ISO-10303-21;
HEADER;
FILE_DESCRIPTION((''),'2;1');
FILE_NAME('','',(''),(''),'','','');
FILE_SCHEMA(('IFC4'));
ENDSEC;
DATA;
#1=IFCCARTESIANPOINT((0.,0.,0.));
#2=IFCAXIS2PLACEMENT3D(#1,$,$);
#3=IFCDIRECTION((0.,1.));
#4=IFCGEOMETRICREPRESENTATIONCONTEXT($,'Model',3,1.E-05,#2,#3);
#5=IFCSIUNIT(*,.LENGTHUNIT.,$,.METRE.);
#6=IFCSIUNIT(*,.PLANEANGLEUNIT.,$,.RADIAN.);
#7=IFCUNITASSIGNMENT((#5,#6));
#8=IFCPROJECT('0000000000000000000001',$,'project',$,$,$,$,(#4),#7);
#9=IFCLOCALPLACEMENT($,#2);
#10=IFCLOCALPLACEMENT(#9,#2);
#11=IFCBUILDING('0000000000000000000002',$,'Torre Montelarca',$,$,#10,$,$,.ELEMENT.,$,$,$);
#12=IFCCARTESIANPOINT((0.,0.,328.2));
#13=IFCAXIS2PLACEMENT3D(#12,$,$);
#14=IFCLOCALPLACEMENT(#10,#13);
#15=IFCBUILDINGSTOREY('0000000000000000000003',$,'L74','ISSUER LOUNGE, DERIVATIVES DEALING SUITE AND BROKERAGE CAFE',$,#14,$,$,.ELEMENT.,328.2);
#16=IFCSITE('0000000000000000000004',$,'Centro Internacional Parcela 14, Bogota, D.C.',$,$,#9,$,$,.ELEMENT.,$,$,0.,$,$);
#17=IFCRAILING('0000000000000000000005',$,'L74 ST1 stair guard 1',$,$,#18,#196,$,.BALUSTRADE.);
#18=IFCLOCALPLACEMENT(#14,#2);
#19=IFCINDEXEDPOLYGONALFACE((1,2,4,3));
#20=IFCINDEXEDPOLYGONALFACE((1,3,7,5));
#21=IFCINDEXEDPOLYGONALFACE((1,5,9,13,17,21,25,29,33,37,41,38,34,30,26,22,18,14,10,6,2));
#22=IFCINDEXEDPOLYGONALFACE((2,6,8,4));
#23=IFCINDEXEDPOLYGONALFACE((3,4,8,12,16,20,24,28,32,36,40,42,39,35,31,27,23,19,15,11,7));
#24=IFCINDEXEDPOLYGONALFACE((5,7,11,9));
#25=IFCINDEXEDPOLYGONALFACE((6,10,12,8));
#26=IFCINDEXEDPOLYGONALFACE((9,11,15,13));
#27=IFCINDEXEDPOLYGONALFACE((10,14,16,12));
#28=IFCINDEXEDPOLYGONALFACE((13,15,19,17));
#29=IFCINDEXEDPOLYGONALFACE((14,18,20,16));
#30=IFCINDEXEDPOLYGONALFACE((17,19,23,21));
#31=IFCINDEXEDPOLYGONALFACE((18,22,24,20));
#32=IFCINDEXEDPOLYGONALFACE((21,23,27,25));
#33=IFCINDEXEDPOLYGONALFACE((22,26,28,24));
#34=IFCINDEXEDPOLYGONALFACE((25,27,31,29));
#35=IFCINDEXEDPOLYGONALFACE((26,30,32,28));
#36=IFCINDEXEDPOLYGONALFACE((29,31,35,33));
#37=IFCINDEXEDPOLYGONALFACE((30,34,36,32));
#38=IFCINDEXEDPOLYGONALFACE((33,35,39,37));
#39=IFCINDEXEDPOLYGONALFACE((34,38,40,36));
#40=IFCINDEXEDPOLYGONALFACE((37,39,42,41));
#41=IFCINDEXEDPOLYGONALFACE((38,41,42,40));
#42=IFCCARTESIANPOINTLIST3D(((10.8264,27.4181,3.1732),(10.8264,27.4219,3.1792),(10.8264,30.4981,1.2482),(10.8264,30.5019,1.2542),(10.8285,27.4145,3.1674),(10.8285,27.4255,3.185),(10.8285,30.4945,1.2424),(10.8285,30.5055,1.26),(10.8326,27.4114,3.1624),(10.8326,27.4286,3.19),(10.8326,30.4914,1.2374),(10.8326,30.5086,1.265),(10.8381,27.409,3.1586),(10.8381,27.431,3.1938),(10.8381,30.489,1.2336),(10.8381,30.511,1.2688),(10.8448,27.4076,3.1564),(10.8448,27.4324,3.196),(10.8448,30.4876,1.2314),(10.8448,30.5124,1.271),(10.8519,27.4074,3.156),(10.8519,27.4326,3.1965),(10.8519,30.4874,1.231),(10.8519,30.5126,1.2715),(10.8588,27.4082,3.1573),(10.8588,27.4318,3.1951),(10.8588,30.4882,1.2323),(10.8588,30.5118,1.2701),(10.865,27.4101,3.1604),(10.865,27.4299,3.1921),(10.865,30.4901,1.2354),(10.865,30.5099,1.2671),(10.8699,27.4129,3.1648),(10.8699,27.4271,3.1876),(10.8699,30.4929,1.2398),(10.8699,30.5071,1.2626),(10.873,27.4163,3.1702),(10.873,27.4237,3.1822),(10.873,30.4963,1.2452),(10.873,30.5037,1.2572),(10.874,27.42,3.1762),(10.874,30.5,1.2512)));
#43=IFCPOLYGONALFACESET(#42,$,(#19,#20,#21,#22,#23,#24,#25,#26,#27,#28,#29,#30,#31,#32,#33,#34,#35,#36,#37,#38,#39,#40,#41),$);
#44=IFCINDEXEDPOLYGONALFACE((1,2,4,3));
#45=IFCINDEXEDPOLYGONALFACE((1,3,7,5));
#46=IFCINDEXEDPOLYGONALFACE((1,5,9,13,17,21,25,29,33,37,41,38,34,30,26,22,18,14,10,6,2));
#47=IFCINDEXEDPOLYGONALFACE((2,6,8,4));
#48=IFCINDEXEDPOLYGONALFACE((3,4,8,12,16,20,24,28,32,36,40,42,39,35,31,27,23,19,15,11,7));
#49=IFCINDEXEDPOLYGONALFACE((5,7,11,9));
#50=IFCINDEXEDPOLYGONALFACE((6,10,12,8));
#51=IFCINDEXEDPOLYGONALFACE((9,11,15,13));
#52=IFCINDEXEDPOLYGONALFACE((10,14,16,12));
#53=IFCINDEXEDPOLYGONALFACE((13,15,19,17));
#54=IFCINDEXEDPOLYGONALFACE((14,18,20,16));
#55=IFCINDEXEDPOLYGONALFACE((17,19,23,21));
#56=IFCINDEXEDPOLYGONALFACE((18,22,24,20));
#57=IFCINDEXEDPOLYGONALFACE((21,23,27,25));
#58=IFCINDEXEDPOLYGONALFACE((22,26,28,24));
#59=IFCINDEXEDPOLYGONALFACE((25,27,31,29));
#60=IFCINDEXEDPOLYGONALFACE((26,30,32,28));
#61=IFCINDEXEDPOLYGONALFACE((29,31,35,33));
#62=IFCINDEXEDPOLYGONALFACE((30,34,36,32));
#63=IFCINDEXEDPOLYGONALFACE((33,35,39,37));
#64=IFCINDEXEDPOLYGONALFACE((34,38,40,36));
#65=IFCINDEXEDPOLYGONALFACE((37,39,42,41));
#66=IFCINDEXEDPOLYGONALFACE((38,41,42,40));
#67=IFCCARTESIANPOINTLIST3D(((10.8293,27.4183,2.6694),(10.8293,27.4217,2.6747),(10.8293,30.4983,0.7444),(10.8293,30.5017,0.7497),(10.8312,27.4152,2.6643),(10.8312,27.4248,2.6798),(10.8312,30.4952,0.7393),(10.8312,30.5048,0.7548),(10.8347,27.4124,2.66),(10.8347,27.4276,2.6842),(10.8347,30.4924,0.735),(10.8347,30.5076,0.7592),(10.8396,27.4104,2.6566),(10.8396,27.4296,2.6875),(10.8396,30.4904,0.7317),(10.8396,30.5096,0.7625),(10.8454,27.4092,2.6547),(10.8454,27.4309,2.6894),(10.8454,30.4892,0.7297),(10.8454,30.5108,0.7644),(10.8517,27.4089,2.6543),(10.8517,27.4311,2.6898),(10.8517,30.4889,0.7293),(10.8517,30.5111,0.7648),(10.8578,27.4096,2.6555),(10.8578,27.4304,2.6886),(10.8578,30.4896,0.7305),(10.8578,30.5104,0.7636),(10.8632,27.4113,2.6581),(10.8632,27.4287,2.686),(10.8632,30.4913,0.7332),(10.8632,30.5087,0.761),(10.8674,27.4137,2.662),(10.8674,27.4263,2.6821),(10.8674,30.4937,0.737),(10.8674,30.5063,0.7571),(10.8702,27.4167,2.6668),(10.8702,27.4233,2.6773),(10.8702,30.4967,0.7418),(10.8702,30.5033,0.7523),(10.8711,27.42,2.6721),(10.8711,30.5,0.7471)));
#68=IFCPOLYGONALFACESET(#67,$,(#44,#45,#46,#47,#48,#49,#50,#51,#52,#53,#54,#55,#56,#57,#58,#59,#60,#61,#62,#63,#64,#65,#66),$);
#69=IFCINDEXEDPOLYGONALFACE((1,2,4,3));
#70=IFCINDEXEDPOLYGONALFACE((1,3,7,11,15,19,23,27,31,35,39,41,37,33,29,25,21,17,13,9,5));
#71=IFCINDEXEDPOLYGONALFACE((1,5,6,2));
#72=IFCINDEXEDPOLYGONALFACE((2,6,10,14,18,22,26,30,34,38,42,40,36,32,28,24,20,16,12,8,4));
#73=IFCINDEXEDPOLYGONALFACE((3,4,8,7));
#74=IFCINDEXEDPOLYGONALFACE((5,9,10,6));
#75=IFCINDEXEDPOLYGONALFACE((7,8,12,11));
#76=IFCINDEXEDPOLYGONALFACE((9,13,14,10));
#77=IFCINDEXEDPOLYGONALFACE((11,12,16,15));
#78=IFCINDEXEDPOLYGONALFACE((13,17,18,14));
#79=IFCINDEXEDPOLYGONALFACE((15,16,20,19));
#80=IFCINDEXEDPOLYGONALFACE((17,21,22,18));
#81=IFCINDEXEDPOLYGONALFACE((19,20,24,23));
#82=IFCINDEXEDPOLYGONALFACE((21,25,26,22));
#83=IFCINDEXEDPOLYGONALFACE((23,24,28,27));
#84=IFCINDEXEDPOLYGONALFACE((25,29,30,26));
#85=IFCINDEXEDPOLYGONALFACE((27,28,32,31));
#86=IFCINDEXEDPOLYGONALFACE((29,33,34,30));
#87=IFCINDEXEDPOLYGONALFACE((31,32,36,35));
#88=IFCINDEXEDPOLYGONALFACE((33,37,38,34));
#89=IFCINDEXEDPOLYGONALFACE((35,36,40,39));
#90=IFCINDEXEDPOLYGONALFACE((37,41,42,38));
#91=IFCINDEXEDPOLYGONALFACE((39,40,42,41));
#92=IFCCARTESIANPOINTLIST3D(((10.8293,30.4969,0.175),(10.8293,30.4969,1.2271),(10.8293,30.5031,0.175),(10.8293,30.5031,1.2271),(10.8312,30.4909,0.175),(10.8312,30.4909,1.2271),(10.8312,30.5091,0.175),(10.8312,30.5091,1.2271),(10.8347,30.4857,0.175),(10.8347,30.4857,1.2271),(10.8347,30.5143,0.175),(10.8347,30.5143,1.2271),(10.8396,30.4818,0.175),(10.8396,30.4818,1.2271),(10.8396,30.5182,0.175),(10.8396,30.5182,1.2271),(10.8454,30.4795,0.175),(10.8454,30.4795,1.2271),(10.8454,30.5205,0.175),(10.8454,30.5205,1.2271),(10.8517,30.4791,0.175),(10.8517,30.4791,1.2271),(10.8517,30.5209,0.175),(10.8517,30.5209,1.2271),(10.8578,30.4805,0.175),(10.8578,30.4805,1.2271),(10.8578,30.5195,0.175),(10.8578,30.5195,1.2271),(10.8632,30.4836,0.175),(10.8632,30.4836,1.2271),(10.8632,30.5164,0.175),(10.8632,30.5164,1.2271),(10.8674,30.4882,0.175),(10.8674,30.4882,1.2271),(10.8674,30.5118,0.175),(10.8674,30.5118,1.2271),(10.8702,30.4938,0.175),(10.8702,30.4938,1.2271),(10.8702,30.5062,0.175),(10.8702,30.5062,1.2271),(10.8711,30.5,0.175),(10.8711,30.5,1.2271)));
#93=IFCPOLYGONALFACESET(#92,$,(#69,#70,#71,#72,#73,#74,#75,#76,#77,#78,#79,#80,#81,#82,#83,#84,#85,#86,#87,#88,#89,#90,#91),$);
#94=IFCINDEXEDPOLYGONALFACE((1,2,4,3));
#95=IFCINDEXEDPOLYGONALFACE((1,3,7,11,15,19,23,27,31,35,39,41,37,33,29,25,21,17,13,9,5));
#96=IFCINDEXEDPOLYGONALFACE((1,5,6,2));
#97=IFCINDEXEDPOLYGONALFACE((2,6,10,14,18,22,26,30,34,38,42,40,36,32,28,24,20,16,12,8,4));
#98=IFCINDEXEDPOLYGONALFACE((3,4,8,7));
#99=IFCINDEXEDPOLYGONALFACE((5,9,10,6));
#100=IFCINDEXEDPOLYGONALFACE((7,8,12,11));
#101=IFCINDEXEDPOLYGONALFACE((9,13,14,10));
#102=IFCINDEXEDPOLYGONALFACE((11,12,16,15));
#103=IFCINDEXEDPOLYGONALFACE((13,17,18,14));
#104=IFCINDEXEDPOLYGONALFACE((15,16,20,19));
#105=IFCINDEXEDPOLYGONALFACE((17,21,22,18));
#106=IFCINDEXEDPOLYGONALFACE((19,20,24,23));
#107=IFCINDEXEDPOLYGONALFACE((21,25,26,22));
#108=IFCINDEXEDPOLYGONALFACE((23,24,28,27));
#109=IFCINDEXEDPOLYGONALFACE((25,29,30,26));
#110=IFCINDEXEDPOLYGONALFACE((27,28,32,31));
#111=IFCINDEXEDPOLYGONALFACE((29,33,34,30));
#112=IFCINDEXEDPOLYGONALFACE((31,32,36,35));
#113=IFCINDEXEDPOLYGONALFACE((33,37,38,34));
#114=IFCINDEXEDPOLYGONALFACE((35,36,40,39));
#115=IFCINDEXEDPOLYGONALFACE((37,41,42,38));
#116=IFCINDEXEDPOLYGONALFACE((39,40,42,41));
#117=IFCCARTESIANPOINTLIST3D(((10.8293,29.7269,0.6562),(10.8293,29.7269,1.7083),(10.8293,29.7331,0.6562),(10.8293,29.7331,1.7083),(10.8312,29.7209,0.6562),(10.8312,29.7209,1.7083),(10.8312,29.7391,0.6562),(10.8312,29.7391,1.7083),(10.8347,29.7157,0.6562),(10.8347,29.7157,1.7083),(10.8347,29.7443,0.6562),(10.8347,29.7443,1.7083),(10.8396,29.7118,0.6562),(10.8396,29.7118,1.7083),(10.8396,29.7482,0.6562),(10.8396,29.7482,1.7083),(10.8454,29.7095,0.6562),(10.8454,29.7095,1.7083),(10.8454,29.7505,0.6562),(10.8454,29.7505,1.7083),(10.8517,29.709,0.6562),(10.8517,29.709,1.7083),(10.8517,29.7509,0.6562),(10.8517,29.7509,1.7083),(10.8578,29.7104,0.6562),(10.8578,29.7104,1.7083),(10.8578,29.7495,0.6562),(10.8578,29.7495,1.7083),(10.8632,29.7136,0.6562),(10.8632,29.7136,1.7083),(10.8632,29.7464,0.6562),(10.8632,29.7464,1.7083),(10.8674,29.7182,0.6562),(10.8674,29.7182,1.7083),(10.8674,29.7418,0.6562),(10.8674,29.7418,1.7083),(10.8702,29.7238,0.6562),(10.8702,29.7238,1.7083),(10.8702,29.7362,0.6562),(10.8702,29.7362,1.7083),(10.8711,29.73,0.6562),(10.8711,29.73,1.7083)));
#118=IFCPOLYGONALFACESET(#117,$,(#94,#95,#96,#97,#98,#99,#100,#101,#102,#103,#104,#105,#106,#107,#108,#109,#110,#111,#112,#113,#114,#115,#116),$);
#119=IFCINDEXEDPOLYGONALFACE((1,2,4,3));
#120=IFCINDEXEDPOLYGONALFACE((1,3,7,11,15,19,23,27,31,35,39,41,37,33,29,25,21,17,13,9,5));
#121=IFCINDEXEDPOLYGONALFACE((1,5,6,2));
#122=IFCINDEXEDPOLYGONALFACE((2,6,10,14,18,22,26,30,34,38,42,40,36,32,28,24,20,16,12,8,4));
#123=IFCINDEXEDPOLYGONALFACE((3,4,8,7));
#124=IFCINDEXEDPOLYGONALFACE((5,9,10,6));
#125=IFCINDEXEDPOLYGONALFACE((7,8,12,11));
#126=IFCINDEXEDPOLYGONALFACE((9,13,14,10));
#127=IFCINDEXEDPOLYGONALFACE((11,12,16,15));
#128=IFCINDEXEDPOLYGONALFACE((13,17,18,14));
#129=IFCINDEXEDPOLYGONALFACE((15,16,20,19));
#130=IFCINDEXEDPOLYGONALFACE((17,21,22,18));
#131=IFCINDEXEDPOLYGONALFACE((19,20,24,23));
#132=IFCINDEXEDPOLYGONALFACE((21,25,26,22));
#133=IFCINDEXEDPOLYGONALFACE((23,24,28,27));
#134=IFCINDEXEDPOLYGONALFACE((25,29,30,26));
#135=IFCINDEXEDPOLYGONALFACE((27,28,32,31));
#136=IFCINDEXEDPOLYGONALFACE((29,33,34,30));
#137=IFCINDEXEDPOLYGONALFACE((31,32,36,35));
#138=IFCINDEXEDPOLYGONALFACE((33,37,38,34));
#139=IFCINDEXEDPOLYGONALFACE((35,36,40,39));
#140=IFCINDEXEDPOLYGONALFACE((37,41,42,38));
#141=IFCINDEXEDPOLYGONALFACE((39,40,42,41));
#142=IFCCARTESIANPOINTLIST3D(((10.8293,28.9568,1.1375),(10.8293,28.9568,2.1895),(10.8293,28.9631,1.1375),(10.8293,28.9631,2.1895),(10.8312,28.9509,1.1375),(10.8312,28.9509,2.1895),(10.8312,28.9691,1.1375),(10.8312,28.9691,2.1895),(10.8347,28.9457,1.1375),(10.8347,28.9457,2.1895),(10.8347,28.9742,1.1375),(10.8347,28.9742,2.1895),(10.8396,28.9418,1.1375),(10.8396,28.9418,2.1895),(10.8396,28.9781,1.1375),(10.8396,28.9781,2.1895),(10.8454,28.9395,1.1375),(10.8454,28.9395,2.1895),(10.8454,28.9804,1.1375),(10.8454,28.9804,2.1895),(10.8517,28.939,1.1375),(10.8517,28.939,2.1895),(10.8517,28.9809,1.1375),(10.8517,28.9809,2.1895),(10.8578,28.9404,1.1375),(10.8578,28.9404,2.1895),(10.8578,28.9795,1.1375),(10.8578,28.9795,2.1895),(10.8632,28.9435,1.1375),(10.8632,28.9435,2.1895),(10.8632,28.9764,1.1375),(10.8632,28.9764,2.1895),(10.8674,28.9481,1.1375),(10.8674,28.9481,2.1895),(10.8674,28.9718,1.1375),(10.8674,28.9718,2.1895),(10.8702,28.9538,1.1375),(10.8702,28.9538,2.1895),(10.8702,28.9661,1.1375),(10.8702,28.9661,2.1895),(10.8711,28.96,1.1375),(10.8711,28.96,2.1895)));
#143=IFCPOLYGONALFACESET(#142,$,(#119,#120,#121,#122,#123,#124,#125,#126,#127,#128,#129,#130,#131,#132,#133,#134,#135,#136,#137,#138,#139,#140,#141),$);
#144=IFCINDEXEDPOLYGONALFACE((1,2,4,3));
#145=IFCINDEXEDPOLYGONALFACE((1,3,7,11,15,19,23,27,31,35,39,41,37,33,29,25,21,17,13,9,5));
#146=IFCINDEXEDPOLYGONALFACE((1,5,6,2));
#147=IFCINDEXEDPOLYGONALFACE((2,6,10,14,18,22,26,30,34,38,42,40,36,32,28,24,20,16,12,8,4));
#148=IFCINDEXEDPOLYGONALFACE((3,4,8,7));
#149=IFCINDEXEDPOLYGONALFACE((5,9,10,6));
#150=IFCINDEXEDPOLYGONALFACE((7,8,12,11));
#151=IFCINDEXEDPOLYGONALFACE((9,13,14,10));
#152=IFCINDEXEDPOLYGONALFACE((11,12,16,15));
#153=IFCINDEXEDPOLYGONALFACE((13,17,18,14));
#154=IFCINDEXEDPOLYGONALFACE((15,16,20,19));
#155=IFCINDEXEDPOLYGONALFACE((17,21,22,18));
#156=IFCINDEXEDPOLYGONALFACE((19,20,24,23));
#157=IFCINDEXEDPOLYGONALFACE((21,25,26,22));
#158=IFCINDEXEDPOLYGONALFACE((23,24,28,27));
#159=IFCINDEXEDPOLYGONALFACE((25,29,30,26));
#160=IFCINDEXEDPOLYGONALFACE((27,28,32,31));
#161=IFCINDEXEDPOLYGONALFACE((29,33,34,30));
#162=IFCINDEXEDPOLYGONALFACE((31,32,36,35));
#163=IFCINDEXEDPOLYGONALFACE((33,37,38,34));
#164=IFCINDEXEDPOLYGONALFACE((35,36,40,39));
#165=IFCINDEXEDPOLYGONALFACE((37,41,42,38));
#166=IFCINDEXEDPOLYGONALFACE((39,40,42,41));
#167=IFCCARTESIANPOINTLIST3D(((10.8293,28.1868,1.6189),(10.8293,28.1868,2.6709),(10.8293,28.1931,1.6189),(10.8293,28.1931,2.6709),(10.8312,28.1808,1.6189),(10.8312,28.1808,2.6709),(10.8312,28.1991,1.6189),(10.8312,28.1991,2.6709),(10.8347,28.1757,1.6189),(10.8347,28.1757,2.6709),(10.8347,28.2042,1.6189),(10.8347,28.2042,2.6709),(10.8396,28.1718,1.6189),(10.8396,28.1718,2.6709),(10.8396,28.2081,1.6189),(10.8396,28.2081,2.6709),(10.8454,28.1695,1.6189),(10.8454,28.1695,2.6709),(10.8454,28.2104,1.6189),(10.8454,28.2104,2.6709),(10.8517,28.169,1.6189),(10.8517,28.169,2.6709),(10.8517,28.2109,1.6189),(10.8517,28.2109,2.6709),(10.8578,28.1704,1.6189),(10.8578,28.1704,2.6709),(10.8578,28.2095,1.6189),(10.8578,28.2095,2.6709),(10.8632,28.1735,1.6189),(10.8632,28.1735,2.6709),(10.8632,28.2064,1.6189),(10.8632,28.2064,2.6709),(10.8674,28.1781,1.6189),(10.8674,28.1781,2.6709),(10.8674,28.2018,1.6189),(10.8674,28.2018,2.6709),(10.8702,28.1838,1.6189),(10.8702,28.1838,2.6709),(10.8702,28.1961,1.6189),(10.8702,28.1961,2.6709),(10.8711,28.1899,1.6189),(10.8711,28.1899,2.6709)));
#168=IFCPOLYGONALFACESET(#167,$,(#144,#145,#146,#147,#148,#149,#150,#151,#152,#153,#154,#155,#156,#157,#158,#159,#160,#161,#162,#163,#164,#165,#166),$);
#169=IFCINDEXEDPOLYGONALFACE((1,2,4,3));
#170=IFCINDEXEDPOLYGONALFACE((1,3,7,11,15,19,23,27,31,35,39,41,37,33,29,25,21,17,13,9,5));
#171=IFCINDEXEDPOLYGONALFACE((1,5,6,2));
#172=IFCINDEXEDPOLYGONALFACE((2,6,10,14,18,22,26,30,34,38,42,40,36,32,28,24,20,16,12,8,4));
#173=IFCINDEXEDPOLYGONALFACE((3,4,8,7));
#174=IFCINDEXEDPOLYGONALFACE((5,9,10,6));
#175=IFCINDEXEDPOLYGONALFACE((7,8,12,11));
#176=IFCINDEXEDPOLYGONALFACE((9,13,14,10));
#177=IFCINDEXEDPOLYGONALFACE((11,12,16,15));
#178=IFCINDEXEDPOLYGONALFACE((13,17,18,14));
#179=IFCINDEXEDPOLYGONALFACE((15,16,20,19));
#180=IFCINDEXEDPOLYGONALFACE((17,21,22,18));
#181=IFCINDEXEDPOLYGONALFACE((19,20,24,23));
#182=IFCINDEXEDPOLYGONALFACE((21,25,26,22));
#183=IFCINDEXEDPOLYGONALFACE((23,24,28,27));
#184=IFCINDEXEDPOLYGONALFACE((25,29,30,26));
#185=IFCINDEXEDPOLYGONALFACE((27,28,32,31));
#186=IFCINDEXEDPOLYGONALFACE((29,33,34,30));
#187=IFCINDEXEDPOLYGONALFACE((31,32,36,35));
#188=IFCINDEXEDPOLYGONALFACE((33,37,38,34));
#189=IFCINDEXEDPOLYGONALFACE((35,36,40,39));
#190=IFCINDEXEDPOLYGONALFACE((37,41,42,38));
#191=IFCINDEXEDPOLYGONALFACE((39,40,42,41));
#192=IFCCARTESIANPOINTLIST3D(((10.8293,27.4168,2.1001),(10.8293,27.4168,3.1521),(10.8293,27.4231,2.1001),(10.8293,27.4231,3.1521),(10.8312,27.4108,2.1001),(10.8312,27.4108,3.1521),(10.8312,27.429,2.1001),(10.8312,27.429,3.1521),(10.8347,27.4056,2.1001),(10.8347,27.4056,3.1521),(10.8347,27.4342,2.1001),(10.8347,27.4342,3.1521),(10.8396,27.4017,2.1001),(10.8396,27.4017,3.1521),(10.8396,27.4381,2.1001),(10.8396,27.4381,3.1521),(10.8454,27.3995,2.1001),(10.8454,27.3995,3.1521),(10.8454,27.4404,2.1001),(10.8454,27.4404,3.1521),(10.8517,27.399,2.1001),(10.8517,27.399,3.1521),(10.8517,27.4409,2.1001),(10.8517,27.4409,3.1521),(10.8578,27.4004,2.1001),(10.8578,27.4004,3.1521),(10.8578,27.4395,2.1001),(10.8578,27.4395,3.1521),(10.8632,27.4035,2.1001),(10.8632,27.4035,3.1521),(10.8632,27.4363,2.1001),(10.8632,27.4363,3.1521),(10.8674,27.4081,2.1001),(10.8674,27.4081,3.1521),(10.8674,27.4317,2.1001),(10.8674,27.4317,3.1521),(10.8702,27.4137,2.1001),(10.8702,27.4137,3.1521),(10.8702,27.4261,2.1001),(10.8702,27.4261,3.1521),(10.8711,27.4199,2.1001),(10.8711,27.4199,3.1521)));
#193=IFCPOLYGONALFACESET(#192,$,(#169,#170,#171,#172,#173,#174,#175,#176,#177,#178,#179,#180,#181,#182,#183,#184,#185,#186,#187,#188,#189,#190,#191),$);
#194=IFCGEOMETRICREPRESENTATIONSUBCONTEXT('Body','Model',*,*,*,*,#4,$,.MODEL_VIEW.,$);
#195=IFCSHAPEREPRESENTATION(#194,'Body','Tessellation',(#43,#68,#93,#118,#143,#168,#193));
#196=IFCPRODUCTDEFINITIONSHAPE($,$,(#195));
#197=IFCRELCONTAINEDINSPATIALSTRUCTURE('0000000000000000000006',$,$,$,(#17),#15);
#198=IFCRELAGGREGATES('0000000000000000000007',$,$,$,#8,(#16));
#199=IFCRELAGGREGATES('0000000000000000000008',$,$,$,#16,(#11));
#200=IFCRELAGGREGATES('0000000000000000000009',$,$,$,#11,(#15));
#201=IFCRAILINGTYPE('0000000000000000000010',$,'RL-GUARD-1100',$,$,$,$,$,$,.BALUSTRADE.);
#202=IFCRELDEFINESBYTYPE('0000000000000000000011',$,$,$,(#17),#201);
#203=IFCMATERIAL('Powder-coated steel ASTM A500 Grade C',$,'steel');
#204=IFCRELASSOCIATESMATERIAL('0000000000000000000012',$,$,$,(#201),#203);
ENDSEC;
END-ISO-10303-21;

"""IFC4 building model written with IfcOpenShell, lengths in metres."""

from ifc_helpers import new_model, si_unit, direction, frame, origin, origin_2d, place, context, subcontext, project, spatial, circle, extrude, material, type_object, element, save


model = new_model("IFC4")

# Units and contexts
model_context = context("Model", 3, precision=1e-05, world=origin(), true_north=direction((0.0, 1.0)))
body_context = subcontext(model_context, "Body", "Model", "MODEL_VIEW")
ifc_project = project(units=[si_unit("LENGTHUNIT", "METRE"), si_unit("PLANEANGLEUNIT", "RADIAN")], contexts=[model_context])

# Site, building, storey
site_placement = place(None, origin())
site = spatial("IfcSite", under=ifc_project, at=site_placement, Name="Centro Internacional Parcela 14, Bogota, D.C.", CompositionType="ELEMENT", RefElevation=0.0)
building_placement = place(site_placement, origin())
building = spatial("IfcBuilding", under=site, at=building_placement, Name="Torre Montelarca", CompositionType="ELEMENT")
storey_placement = place(building_placement, frame((0.0, 0.0, 328.2)))
storey = spatial("IfcBuildingStorey", under=building, at=storey_placement, Name="L74", Description="ISSUER LOUNGE, DERIVATIVES DEALING SUITE AND BROKERAGE CAFE", CompositionType="ELEMENT", Elevation=328.2)

# Railing
ifc_material_1 = material(Name="Powder-coated steel ASTM A500 Grade C", Category="steel")
railing_type_1 = type_object("IfcRailingType", Name="RL-GUARD-1100", PredefinedType="BALUSTRADE", material=ifc_material_1)
railing_1_placement = place(storey_placement, frame((10.8501, 30.5, 0.175)))
element("IfcRailing", 1, at=railing_1_placement, inside=storey, type_object=railing_type_1, Name="L74 ST1 stair guard 1", PredefinedType="BALUSTRADE", context=body_context, shape_type="SweptSolid", body=[
    extrude(circle(Radius=0.0239, at=origin_2d()), frame((0.0, 0.0, 1.0762), z_axis=(0.0, -0.847998, 0.529999), x_axis=(1.0, 0.0, 0.0)), (0.0, 0.0, 1.0), 3.6321),
    extrude(circle(Radius=0.021, at=origin_2d()), frame((0.0, 0.0, 0.572), z_axis=(0.0, -0.847998, 0.529999), x_axis=(1.0, 0.0, 0.0)), (0.0, 0.0, 1.0), 3.6321),
    extrude(circle(Radius=0.021, at=origin_2d()), origin(), (0.0, 0.0, 1.0), 1.052),
    extrude(circle(Radius=0.021, at=origin_2d()), frame((0.0, -0.77, 0.4812)), (0.0, 0.0, 1.0), 1.052),
    extrude(circle(Radius=0.021, at=origin_2d()), frame((0.0, -1.54, 0.9624)), (0.0, 0.0, 1.0), 1.052),
    extrude(circle(Radius=0.021, at=origin_2d()), frame((0.0, -2.3101, 1.4438)), (0.0, 0.0, 1.0), 1.052),
    extrude(circle(Radius=0.021, at=origin_2d()), frame((0.0, -3.0801, 1.925)), (0.0, 0.0, 1.0), 1.052),
])

save(model, "model.ifc")
